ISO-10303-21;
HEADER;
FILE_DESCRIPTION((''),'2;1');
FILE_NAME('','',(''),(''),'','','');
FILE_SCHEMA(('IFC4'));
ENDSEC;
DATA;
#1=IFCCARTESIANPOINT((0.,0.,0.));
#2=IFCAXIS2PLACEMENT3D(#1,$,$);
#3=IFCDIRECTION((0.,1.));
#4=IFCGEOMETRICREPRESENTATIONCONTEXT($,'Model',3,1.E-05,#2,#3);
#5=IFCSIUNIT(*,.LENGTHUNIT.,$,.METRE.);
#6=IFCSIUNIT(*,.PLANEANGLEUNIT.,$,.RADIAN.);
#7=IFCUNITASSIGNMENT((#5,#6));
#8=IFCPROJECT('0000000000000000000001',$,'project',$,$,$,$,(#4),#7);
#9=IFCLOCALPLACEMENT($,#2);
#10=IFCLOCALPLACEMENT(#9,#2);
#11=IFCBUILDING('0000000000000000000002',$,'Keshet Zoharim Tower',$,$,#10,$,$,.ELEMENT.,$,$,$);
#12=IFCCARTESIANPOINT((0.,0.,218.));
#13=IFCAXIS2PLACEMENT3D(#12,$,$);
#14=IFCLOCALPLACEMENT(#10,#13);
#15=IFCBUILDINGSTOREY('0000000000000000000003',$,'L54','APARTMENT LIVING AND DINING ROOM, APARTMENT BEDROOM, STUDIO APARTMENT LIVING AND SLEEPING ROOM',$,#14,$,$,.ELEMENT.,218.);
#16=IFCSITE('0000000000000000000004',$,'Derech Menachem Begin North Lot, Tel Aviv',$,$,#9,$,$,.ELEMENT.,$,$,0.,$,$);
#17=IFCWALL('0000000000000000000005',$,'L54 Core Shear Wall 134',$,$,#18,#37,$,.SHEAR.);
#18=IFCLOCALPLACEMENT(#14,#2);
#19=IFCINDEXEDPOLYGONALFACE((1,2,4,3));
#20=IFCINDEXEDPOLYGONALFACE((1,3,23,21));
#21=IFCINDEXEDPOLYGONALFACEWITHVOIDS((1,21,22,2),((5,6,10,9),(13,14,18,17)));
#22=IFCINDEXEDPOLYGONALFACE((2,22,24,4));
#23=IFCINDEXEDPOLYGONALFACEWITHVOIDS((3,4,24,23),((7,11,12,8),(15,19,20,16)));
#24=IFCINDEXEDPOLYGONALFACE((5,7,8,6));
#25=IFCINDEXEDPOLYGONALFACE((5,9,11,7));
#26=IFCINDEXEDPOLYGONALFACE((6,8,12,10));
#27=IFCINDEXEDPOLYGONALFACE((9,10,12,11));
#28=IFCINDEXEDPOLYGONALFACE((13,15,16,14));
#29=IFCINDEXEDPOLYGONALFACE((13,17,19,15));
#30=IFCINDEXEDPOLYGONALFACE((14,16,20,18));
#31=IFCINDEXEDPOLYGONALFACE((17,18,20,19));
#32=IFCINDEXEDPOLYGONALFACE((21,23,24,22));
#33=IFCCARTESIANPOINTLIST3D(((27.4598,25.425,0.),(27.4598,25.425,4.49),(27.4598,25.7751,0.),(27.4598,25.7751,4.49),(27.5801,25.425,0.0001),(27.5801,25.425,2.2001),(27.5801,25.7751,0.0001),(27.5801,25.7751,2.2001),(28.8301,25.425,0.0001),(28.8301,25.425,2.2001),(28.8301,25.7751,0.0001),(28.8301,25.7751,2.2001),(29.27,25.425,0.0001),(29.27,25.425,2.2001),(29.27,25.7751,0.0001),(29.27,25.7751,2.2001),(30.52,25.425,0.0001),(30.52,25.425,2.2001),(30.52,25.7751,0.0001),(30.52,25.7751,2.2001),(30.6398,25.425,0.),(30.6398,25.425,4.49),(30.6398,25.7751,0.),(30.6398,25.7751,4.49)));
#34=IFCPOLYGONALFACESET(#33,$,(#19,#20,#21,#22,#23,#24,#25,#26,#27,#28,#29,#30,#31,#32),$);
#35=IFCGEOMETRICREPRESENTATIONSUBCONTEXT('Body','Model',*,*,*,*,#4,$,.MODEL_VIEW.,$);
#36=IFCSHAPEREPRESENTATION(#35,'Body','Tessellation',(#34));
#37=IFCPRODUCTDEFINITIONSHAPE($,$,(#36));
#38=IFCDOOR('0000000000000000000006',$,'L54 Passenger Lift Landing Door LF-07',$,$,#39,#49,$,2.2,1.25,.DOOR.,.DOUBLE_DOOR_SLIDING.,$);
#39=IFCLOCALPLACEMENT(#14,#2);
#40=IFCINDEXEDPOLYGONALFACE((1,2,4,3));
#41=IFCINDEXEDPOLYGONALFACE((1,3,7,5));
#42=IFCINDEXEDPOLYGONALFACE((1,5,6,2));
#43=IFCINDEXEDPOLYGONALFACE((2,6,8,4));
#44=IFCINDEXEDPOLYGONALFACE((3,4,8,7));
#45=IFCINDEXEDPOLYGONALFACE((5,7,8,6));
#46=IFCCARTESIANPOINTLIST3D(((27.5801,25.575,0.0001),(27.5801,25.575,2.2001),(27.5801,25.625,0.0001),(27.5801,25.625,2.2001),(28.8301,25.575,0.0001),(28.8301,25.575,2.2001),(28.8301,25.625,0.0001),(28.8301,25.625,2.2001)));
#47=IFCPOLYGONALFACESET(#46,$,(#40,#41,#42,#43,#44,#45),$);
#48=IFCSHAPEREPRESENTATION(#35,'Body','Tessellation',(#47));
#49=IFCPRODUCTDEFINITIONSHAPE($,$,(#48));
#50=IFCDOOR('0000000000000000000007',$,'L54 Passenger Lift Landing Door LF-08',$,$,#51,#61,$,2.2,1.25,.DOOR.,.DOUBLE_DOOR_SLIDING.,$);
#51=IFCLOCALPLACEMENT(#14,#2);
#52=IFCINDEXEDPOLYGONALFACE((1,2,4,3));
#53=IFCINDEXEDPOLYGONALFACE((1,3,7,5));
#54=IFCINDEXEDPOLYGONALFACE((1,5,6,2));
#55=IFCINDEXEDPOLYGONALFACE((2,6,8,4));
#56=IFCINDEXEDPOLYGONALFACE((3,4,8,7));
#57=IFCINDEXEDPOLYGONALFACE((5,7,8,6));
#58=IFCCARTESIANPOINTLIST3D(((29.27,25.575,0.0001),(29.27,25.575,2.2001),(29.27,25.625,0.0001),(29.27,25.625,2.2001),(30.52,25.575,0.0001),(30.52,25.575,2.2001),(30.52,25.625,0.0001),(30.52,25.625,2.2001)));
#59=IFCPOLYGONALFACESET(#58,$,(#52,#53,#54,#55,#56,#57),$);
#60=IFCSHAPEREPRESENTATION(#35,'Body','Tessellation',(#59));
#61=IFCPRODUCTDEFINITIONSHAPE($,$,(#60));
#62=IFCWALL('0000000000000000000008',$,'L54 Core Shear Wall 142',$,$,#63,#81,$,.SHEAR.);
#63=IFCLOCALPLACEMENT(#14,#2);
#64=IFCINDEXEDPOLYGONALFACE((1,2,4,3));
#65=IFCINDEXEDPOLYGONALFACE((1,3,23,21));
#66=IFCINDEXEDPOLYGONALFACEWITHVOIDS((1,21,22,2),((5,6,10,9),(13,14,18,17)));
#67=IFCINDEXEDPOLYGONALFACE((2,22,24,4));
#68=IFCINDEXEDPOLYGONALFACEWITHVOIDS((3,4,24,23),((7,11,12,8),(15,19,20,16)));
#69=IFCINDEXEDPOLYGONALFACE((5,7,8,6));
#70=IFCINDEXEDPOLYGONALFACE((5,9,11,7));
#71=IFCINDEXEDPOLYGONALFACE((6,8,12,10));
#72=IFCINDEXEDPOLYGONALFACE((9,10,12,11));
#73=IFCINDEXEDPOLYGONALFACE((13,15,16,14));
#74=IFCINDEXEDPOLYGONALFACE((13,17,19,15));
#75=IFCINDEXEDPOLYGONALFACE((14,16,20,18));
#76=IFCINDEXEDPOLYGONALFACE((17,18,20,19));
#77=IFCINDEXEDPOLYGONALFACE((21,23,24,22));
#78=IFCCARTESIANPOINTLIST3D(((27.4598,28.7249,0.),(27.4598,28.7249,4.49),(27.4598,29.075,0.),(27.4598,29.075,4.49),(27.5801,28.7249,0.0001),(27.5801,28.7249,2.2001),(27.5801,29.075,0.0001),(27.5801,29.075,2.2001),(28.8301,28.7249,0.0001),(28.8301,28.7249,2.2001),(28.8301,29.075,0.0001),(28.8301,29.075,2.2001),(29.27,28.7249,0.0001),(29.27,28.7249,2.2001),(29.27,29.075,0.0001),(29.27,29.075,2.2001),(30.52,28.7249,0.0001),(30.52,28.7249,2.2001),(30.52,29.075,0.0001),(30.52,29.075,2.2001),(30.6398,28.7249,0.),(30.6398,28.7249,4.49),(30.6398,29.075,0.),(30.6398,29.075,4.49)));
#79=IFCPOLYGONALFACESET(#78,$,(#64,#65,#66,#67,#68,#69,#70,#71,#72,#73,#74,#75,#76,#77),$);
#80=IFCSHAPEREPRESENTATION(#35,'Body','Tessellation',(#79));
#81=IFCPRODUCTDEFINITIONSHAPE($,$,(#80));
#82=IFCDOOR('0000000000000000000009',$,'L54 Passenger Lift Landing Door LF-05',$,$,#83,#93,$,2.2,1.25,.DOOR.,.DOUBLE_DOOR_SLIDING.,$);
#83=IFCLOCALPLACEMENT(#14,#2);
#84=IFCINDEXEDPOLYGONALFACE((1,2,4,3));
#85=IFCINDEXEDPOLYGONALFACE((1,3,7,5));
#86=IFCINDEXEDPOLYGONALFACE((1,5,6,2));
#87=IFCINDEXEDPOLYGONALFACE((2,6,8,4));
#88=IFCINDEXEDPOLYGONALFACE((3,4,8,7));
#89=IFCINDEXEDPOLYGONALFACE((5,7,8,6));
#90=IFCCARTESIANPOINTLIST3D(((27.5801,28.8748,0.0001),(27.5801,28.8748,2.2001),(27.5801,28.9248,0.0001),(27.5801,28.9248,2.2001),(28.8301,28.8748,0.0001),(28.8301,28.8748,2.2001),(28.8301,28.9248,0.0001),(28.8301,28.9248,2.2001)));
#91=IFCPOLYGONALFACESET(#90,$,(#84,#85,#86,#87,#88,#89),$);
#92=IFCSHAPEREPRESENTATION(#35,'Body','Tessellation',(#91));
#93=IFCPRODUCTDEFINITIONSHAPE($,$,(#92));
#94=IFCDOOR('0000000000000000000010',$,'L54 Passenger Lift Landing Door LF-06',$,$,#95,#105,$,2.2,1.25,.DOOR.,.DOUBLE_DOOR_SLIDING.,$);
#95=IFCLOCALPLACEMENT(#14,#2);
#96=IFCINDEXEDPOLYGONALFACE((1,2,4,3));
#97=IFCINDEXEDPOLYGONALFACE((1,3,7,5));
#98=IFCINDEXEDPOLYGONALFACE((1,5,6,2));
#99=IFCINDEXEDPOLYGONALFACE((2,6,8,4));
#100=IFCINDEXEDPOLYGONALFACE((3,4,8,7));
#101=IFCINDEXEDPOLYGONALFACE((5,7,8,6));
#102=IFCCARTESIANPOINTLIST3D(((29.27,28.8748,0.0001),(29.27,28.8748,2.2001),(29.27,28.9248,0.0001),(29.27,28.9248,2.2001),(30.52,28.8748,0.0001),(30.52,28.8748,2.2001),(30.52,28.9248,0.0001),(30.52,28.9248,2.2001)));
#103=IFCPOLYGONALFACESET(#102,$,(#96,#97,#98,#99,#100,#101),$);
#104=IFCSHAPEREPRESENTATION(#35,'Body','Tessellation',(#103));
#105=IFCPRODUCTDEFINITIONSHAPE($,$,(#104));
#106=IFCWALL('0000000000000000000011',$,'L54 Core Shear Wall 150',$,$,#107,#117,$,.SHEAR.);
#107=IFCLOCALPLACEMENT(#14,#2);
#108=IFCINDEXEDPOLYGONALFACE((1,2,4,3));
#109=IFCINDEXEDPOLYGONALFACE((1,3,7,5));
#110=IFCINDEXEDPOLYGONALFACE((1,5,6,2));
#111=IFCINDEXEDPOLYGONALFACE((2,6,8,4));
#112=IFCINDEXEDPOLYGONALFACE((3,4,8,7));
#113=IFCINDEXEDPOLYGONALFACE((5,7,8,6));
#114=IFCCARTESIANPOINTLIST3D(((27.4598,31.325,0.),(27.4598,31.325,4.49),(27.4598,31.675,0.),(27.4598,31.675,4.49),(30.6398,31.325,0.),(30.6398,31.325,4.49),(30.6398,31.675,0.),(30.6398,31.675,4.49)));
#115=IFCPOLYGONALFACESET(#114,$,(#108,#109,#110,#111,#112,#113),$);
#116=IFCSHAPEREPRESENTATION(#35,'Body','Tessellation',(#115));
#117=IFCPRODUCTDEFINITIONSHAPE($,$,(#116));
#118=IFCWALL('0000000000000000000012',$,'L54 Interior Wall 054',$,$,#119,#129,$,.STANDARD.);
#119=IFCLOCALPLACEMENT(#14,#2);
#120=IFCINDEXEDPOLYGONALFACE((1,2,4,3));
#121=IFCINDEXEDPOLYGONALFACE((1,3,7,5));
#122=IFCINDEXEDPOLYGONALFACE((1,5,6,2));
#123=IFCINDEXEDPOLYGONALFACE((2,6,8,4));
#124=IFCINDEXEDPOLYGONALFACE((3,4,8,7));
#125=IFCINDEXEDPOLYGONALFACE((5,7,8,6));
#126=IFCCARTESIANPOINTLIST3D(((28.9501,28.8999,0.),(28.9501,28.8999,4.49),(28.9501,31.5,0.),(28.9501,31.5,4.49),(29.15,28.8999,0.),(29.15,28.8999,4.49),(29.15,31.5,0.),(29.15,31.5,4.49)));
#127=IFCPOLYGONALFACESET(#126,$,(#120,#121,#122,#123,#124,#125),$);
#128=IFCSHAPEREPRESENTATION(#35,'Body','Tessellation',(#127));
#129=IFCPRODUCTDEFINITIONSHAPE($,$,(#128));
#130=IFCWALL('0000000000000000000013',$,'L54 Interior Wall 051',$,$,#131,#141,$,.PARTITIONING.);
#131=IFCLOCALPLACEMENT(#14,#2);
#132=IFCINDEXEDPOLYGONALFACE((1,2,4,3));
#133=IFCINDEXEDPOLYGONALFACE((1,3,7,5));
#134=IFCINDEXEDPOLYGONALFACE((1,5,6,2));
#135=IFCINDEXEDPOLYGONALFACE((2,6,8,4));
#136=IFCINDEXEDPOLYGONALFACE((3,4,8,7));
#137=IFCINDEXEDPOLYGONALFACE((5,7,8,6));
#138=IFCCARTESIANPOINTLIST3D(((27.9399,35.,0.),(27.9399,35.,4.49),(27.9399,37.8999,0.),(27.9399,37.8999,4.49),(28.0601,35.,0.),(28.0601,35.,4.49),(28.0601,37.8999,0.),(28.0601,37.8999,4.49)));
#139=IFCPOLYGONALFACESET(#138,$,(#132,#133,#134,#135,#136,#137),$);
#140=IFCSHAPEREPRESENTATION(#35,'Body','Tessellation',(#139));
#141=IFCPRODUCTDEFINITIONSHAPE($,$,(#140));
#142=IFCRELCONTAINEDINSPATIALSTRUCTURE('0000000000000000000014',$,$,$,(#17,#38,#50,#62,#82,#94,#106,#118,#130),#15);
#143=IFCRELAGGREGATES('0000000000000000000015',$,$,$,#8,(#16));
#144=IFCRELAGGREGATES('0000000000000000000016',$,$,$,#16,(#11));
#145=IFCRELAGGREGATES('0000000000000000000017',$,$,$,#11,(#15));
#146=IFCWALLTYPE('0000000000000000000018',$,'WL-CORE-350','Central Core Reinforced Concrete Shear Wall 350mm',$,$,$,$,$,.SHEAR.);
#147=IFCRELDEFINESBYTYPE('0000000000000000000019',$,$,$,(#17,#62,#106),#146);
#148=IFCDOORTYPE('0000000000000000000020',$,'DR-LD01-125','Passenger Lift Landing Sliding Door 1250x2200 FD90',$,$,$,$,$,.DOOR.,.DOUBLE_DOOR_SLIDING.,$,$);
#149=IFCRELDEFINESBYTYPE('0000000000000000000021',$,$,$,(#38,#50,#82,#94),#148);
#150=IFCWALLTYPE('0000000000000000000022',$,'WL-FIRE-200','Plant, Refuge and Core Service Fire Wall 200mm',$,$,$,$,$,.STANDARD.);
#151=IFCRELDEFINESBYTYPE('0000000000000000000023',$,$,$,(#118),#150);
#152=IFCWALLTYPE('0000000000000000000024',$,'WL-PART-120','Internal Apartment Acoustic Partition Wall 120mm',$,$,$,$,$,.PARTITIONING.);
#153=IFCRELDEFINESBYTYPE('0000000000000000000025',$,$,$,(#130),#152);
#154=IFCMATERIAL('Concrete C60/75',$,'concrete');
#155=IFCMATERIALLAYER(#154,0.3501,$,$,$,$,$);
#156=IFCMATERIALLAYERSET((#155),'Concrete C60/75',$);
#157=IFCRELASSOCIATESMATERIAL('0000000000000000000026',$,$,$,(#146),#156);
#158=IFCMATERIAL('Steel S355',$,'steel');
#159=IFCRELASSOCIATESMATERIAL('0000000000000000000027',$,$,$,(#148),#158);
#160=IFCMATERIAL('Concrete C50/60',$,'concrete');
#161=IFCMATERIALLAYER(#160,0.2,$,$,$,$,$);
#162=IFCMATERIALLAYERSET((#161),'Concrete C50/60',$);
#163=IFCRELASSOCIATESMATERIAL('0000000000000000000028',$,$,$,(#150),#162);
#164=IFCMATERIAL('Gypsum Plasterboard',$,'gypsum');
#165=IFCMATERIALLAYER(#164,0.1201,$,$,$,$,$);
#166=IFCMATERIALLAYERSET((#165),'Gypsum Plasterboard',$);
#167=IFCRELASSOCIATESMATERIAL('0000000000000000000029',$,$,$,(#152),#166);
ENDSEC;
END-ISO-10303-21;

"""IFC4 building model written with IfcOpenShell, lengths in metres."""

from ifc_helpers import new_model, si_unit, direction, frame, frame_2d, origin, place, context, subcontext, project, spatial, rectangle, extrude, material, layer, layer_set, type_object, element, fill, save


model = new_model("IFC4")

# Units and contexts
model_context = context("Model", 3, precision=1e-05, world=origin(), true_north=direction((0.0, 1.0)))
body_context = subcontext(model_context, "Body", "Model", "MODEL_VIEW")
ifc_project = project(units=[si_unit("LENGTHUNIT", "METRE"), si_unit("PLANEANGLEUNIT", "RADIAN")], contexts=[model_context])

# Site, building, storey
site_placement = place(None, origin())
site = spatial("IfcSite", under=ifc_project, at=site_placement, Name="Derech Menachem Begin North Lot, Tel Aviv", CompositionType="ELEMENT", RefElevation=0.0)
building_placement = place(site_placement, origin())
building = spatial("IfcBuilding", under=site, at=building_placement, Name="Keshet Zoharim Tower", CompositionType="ELEMENT")
storey_placement = place(building_placement, frame((0.0, 0.0, 218.0)))
storey = spatial("IfcBuildingStorey", under=building, at=storey_placement, Name="L54", Description="APARTMENT LIVING AND DINING ROOM, APARTMENT BEDROOM, STUDIO APARTMENT LIVING AND SLEEPING ROOM", CompositionType="ELEMENT", Elevation=218.0)

# Shared definitions
ifc_material_1 = material(Name="Steel S355", Category="steel")

# Shared definitions
ifc_material_2 = material(Name="Concrete C60/75", Category="concrete")
ifc_layer_1 = layer(ifc_material_2, 0.3501)
ifc_layer_set_1 = layer_set([ifc_layer_1], Name="Concrete C60/75")
wall_type_1 = type_object("IfcWallType", Name="WL-CORE-350", Description="Central Core Reinforced Concrete Shear Wall 350mm", PredefinedType="SHEAR", material=ifc_layer_set_1)

# Walls, openings, doors
wall_1_placement = place(storey_placement, frame((27.46, 25.6001, 0.0), z_axis=(0.0, 0.0, 1.0), x_axis=(1.0, 0.0, 0.0)))
wall_1 = element("IfcWall", 1, at=wall_1_placement, inside=storey, type_object=wall_type_1, Name="L54 Core Shear Wall 134", PredefinedType="SHEAR", context=body_context, shape_type="SweptSolid", body=[
    extrude(rectangle(XDim=3.1799, YDim=0.3501, at=frame_2d((1.5898, 0.0))), origin(), (0.0, 0.0, 1.0), 4.49),
])
opening_1_placement = place(wall_1_placement, frame((0.1201, 0.0, 0.0)))
opening_1 = element("IfcOpeningElement", 2, at=opening_1_placement, cuts=wall_1, PredefinedType="OPENING", context=body_context, shape_type="SweptSolid", body=[
    extrude(rectangle(XDim=1.25, YDim=2.2, at=frame_2d((0.625, 1.1001))), frame((0.0, 0.1851, 0.0), z_axis=(0.0, -1.0, 0.0), x_axis=(1.0, 0.0, 0.0)), (0.0, 0.0, 1.0), 0.3701),
])
opening_2_placement = place(wall_1_placement, frame((1.8101, 0.0, 0.0)))
opening_2 = element("IfcOpeningElement", 3, at=opening_2_placement, cuts=wall_1, PredefinedType="OPENING", context=body_context, shape_type="SweptSolid", body=[
    extrude(rectangle(XDim=1.25, YDim=2.2, at=frame_2d((0.625, 1.1001))), frame((0.0, 0.1851, 0.0), z_axis=(0.0, -1.0, 0.0), x_axis=(1.0, 0.0, 0.0)), (0.0, 0.0, 1.0), 0.3701),
])
door_type_1 = type_object("IfcDoorType", Name="DR-LD01-125", Description="Passenger Lift Landing Sliding Door 1250x2200 FD90", OperationType="DOUBLE_DOOR_SLIDING", PredefinedType="DOOR", material=ifc_material_1)
door_1_placement = place(opening_1_placement, origin())
door_1 = element("IfcDoor", 4, at=door_1_placement, inside=storey, type_object=door_type_1, Name="L54 Passenger Lift Landing Door LF-07", OperationType="DOUBLE_DOOR_SLIDING", OverallHeight=2.2, OverallWidth=1.25, PredefinedType="DOOR", context=body_context, shape_type="SweptSolid", body=[
    extrude(rectangle(XDim=1.25, YDim=2.2, at=frame_2d((0.625, 1.1001))), frame((0.0, 0.0249, 0.0), z_axis=(0.0, -1.0, 0.0), x_axis=(1.0, 0.0, 0.0)), (0.0, 0.0, 1.0), 0.05),
])
fill(opening_1, door_1)
door_2_placement = place(opening_2_placement, origin())
door_2 = element("IfcDoor", 5, at=door_2_placement, inside=storey, type_object=door_type_1, Name="L54 Passenger Lift Landing Door LF-08", OperationType="DOUBLE_DOOR_SLIDING", OverallHeight=2.2, OverallWidth=1.25, PredefinedType="DOOR", context=body_context, shape_type="SweptSolid", body=[
    extrude(rectangle(XDim=1.25, YDim=2.2, at=frame_2d((0.625, 1.1001))), frame((0.0, 0.0249, 0.0), z_axis=(0.0, -1.0, 0.0), x_axis=(1.0, 0.0, 0.0)), (0.0, 0.0, 1.0), 0.05),
])
fill(opening_2, door_2)
wall_2_placement = place(storey_placement, frame((27.46, 28.8999, 0.0), z_axis=(0.0, 0.0, 1.0), x_axis=(1.0, 0.0, 0.0)))
wall_2 = element("IfcWall", 6, at=wall_2_placement, inside=storey, type_object=wall_type_1, Name="L54 Core Shear Wall 142", PredefinedType="SHEAR", context=body_context, shape_type="SweptSolid", body=[
    extrude(rectangle(XDim=3.1799, YDim=0.3501, at=frame_2d((1.5898, 0.0))), origin(), (0.0, 0.0, 1.0), 4.49),
])
opening_3_placement = place(wall_2_placement, frame((0.1201, 0.0, 0.0)))
opening_3 = element("IfcOpeningElement", 7, at=opening_3_placement, cuts=wall_2, PredefinedType="OPENING", context=body_context, shape_type="SweptSolid", body=[
    extrude(rectangle(XDim=1.25, YDim=2.2, at=frame_2d((0.625, 1.1001))), frame((0.0, 0.1851, 0.0), z_axis=(0.0, -1.0, 0.0), x_axis=(1.0, 0.0, 0.0)), (0.0, 0.0, 1.0), 0.3701),
])
opening_4_placement = place(wall_2_placement, frame((1.8101, 0.0, 0.0)))
opening_4 = element("IfcOpeningElement", 8, at=opening_4_placement, cuts=wall_2, PredefinedType="OPENING", context=body_context, shape_type="SweptSolid", body=[
    extrude(rectangle(XDim=1.25, YDim=2.2, at=frame_2d((0.625, 1.1001))), frame((0.0, 0.1851, 0.0), z_axis=(0.0, -1.0, 0.0), x_axis=(1.0, 0.0, 0.0)), (0.0, 0.0, 1.0), 0.3701),
])
door_3_placement = place(opening_3_placement, origin())
door_3 = element("IfcDoor", 9, at=door_3_placement, inside=storey, type_object=door_type_1, Name="L54 Passenger Lift Landing Door LF-05", OperationType="DOUBLE_DOOR_SLIDING", OverallHeight=2.2, OverallWidth=1.25, PredefinedType="DOOR", context=body_context, shape_type="SweptSolid", body=[
    extrude(rectangle(XDim=1.25, YDim=2.2, at=frame_2d((0.625, 1.1001))), frame((0.0, 0.0249, 0.0), z_axis=(0.0, -1.0, 0.0), x_axis=(1.0, 0.0, 0.0)), (0.0, 0.0, 1.0), 0.05),
])
fill(opening_3, door_3)
door_4_placement = place(opening_4_placement, origin())
door_4 = element("IfcDoor", 10, at=door_4_placement, inside=storey, type_object=door_type_1, Name="L54 Passenger Lift Landing Door LF-06", OperationType="DOUBLE_DOOR_SLIDING", OverallHeight=2.2, OverallWidth=1.25, PredefinedType="DOOR", context=body_context, shape_type="SweptSolid", body=[
    extrude(rectangle(XDim=1.25, YDim=2.2, at=frame_2d((0.625, 1.1001))), frame((0.0, 0.0249, 0.0), z_axis=(0.0, -1.0, 0.0), x_axis=(1.0, 0.0, 0.0)), (0.0, 0.0, 1.0), 0.05),
])
fill(opening_4, door_4)

# Wall
wall_3_placement = place(storey_placement, frame((27.46, 31.5, 0.0), z_axis=(0.0, 0.0, 1.0), x_axis=(1.0, 0.0, 0.0)))
element("IfcWall", 11, at=wall_3_placement, inside=storey, type_object=wall_type_1, Name="L54 Core Shear Wall 150", PredefinedType="SHEAR", context=body_context, shape_type="SweptSolid", body=[
    extrude(rectangle(XDim=3.1799, YDim=0.3501, at=frame_2d((1.5898, 0.0))), origin(), (0.0, 0.0, 1.0), 4.49),
])

# Walls
ifc_material_3 = material(Name="Concrete C50/60", Category="concrete")
ifc_layer_2 = layer(ifc_material_3, 0.2)
ifc_layer_set_2 = layer_set([ifc_layer_2], Name="Concrete C50/60")
wall_type_2 = type_object("IfcWallType", Name="WL-FIRE-200", Description="Plant, Refuge and Core Service Fire Wall 200mm", PredefinedType="STANDARD", material=ifc_layer_set_2)
wall_4_placement = place(storey_placement, frame((29.05, 28.8999, 0.0), z_axis=(0.0, 0.0, 1.0), x_axis=(0.0, 1.0, 0.0)))
element("IfcWall", 12, at=wall_4_placement, inside=storey, type_object=wall_type_2, Name="L54 Interior Wall 054", PredefinedType="STANDARD", context=body_context, shape_type="SweptSolid", body=[
    extrude(rectangle(XDim=2.6001, YDim=0.2, at=frame_2d((1.3, 0.0))), origin(), (0.0, 0.0, 1.0), 4.49),
])
ifc_material_4 = material(Name="Gypsum Plasterboard", Category="gypsum")
ifc_layer_3 = layer(ifc_material_4, 0.1201)
ifc_layer_set_3 = layer_set([ifc_layer_3], Name="Gypsum Plasterboard")
wall_type_3 = type_object("IfcWallType", Name="WL-PART-120", Description="Internal Apartment Acoustic Partition Wall 120mm", PredefinedType="PARTITIONING", material=ifc_layer_set_3)
wall_5_placement = place(storey_placement, frame((28.0, 35.0, 0.0), z_axis=(0.0, 0.0, 1.0), x_axis=(0.0, 1.0, 0.0)))
element("IfcWall", 13, at=wall_5_placement, inside=storey, type_object=wall_type_3, Name="L54 Interior Wall 051", PredefinedType="PARTITIONING", context=body_context, shape_type="SweptSolid", body=[
    extrude(rectangle(XDim=2.8999, YDim=0.1201, at=frame_2d((1.45, 0.0))), origin(), (0.0, 0.0, 1.0), 4.49),
])

save(model, "model.ifc")
